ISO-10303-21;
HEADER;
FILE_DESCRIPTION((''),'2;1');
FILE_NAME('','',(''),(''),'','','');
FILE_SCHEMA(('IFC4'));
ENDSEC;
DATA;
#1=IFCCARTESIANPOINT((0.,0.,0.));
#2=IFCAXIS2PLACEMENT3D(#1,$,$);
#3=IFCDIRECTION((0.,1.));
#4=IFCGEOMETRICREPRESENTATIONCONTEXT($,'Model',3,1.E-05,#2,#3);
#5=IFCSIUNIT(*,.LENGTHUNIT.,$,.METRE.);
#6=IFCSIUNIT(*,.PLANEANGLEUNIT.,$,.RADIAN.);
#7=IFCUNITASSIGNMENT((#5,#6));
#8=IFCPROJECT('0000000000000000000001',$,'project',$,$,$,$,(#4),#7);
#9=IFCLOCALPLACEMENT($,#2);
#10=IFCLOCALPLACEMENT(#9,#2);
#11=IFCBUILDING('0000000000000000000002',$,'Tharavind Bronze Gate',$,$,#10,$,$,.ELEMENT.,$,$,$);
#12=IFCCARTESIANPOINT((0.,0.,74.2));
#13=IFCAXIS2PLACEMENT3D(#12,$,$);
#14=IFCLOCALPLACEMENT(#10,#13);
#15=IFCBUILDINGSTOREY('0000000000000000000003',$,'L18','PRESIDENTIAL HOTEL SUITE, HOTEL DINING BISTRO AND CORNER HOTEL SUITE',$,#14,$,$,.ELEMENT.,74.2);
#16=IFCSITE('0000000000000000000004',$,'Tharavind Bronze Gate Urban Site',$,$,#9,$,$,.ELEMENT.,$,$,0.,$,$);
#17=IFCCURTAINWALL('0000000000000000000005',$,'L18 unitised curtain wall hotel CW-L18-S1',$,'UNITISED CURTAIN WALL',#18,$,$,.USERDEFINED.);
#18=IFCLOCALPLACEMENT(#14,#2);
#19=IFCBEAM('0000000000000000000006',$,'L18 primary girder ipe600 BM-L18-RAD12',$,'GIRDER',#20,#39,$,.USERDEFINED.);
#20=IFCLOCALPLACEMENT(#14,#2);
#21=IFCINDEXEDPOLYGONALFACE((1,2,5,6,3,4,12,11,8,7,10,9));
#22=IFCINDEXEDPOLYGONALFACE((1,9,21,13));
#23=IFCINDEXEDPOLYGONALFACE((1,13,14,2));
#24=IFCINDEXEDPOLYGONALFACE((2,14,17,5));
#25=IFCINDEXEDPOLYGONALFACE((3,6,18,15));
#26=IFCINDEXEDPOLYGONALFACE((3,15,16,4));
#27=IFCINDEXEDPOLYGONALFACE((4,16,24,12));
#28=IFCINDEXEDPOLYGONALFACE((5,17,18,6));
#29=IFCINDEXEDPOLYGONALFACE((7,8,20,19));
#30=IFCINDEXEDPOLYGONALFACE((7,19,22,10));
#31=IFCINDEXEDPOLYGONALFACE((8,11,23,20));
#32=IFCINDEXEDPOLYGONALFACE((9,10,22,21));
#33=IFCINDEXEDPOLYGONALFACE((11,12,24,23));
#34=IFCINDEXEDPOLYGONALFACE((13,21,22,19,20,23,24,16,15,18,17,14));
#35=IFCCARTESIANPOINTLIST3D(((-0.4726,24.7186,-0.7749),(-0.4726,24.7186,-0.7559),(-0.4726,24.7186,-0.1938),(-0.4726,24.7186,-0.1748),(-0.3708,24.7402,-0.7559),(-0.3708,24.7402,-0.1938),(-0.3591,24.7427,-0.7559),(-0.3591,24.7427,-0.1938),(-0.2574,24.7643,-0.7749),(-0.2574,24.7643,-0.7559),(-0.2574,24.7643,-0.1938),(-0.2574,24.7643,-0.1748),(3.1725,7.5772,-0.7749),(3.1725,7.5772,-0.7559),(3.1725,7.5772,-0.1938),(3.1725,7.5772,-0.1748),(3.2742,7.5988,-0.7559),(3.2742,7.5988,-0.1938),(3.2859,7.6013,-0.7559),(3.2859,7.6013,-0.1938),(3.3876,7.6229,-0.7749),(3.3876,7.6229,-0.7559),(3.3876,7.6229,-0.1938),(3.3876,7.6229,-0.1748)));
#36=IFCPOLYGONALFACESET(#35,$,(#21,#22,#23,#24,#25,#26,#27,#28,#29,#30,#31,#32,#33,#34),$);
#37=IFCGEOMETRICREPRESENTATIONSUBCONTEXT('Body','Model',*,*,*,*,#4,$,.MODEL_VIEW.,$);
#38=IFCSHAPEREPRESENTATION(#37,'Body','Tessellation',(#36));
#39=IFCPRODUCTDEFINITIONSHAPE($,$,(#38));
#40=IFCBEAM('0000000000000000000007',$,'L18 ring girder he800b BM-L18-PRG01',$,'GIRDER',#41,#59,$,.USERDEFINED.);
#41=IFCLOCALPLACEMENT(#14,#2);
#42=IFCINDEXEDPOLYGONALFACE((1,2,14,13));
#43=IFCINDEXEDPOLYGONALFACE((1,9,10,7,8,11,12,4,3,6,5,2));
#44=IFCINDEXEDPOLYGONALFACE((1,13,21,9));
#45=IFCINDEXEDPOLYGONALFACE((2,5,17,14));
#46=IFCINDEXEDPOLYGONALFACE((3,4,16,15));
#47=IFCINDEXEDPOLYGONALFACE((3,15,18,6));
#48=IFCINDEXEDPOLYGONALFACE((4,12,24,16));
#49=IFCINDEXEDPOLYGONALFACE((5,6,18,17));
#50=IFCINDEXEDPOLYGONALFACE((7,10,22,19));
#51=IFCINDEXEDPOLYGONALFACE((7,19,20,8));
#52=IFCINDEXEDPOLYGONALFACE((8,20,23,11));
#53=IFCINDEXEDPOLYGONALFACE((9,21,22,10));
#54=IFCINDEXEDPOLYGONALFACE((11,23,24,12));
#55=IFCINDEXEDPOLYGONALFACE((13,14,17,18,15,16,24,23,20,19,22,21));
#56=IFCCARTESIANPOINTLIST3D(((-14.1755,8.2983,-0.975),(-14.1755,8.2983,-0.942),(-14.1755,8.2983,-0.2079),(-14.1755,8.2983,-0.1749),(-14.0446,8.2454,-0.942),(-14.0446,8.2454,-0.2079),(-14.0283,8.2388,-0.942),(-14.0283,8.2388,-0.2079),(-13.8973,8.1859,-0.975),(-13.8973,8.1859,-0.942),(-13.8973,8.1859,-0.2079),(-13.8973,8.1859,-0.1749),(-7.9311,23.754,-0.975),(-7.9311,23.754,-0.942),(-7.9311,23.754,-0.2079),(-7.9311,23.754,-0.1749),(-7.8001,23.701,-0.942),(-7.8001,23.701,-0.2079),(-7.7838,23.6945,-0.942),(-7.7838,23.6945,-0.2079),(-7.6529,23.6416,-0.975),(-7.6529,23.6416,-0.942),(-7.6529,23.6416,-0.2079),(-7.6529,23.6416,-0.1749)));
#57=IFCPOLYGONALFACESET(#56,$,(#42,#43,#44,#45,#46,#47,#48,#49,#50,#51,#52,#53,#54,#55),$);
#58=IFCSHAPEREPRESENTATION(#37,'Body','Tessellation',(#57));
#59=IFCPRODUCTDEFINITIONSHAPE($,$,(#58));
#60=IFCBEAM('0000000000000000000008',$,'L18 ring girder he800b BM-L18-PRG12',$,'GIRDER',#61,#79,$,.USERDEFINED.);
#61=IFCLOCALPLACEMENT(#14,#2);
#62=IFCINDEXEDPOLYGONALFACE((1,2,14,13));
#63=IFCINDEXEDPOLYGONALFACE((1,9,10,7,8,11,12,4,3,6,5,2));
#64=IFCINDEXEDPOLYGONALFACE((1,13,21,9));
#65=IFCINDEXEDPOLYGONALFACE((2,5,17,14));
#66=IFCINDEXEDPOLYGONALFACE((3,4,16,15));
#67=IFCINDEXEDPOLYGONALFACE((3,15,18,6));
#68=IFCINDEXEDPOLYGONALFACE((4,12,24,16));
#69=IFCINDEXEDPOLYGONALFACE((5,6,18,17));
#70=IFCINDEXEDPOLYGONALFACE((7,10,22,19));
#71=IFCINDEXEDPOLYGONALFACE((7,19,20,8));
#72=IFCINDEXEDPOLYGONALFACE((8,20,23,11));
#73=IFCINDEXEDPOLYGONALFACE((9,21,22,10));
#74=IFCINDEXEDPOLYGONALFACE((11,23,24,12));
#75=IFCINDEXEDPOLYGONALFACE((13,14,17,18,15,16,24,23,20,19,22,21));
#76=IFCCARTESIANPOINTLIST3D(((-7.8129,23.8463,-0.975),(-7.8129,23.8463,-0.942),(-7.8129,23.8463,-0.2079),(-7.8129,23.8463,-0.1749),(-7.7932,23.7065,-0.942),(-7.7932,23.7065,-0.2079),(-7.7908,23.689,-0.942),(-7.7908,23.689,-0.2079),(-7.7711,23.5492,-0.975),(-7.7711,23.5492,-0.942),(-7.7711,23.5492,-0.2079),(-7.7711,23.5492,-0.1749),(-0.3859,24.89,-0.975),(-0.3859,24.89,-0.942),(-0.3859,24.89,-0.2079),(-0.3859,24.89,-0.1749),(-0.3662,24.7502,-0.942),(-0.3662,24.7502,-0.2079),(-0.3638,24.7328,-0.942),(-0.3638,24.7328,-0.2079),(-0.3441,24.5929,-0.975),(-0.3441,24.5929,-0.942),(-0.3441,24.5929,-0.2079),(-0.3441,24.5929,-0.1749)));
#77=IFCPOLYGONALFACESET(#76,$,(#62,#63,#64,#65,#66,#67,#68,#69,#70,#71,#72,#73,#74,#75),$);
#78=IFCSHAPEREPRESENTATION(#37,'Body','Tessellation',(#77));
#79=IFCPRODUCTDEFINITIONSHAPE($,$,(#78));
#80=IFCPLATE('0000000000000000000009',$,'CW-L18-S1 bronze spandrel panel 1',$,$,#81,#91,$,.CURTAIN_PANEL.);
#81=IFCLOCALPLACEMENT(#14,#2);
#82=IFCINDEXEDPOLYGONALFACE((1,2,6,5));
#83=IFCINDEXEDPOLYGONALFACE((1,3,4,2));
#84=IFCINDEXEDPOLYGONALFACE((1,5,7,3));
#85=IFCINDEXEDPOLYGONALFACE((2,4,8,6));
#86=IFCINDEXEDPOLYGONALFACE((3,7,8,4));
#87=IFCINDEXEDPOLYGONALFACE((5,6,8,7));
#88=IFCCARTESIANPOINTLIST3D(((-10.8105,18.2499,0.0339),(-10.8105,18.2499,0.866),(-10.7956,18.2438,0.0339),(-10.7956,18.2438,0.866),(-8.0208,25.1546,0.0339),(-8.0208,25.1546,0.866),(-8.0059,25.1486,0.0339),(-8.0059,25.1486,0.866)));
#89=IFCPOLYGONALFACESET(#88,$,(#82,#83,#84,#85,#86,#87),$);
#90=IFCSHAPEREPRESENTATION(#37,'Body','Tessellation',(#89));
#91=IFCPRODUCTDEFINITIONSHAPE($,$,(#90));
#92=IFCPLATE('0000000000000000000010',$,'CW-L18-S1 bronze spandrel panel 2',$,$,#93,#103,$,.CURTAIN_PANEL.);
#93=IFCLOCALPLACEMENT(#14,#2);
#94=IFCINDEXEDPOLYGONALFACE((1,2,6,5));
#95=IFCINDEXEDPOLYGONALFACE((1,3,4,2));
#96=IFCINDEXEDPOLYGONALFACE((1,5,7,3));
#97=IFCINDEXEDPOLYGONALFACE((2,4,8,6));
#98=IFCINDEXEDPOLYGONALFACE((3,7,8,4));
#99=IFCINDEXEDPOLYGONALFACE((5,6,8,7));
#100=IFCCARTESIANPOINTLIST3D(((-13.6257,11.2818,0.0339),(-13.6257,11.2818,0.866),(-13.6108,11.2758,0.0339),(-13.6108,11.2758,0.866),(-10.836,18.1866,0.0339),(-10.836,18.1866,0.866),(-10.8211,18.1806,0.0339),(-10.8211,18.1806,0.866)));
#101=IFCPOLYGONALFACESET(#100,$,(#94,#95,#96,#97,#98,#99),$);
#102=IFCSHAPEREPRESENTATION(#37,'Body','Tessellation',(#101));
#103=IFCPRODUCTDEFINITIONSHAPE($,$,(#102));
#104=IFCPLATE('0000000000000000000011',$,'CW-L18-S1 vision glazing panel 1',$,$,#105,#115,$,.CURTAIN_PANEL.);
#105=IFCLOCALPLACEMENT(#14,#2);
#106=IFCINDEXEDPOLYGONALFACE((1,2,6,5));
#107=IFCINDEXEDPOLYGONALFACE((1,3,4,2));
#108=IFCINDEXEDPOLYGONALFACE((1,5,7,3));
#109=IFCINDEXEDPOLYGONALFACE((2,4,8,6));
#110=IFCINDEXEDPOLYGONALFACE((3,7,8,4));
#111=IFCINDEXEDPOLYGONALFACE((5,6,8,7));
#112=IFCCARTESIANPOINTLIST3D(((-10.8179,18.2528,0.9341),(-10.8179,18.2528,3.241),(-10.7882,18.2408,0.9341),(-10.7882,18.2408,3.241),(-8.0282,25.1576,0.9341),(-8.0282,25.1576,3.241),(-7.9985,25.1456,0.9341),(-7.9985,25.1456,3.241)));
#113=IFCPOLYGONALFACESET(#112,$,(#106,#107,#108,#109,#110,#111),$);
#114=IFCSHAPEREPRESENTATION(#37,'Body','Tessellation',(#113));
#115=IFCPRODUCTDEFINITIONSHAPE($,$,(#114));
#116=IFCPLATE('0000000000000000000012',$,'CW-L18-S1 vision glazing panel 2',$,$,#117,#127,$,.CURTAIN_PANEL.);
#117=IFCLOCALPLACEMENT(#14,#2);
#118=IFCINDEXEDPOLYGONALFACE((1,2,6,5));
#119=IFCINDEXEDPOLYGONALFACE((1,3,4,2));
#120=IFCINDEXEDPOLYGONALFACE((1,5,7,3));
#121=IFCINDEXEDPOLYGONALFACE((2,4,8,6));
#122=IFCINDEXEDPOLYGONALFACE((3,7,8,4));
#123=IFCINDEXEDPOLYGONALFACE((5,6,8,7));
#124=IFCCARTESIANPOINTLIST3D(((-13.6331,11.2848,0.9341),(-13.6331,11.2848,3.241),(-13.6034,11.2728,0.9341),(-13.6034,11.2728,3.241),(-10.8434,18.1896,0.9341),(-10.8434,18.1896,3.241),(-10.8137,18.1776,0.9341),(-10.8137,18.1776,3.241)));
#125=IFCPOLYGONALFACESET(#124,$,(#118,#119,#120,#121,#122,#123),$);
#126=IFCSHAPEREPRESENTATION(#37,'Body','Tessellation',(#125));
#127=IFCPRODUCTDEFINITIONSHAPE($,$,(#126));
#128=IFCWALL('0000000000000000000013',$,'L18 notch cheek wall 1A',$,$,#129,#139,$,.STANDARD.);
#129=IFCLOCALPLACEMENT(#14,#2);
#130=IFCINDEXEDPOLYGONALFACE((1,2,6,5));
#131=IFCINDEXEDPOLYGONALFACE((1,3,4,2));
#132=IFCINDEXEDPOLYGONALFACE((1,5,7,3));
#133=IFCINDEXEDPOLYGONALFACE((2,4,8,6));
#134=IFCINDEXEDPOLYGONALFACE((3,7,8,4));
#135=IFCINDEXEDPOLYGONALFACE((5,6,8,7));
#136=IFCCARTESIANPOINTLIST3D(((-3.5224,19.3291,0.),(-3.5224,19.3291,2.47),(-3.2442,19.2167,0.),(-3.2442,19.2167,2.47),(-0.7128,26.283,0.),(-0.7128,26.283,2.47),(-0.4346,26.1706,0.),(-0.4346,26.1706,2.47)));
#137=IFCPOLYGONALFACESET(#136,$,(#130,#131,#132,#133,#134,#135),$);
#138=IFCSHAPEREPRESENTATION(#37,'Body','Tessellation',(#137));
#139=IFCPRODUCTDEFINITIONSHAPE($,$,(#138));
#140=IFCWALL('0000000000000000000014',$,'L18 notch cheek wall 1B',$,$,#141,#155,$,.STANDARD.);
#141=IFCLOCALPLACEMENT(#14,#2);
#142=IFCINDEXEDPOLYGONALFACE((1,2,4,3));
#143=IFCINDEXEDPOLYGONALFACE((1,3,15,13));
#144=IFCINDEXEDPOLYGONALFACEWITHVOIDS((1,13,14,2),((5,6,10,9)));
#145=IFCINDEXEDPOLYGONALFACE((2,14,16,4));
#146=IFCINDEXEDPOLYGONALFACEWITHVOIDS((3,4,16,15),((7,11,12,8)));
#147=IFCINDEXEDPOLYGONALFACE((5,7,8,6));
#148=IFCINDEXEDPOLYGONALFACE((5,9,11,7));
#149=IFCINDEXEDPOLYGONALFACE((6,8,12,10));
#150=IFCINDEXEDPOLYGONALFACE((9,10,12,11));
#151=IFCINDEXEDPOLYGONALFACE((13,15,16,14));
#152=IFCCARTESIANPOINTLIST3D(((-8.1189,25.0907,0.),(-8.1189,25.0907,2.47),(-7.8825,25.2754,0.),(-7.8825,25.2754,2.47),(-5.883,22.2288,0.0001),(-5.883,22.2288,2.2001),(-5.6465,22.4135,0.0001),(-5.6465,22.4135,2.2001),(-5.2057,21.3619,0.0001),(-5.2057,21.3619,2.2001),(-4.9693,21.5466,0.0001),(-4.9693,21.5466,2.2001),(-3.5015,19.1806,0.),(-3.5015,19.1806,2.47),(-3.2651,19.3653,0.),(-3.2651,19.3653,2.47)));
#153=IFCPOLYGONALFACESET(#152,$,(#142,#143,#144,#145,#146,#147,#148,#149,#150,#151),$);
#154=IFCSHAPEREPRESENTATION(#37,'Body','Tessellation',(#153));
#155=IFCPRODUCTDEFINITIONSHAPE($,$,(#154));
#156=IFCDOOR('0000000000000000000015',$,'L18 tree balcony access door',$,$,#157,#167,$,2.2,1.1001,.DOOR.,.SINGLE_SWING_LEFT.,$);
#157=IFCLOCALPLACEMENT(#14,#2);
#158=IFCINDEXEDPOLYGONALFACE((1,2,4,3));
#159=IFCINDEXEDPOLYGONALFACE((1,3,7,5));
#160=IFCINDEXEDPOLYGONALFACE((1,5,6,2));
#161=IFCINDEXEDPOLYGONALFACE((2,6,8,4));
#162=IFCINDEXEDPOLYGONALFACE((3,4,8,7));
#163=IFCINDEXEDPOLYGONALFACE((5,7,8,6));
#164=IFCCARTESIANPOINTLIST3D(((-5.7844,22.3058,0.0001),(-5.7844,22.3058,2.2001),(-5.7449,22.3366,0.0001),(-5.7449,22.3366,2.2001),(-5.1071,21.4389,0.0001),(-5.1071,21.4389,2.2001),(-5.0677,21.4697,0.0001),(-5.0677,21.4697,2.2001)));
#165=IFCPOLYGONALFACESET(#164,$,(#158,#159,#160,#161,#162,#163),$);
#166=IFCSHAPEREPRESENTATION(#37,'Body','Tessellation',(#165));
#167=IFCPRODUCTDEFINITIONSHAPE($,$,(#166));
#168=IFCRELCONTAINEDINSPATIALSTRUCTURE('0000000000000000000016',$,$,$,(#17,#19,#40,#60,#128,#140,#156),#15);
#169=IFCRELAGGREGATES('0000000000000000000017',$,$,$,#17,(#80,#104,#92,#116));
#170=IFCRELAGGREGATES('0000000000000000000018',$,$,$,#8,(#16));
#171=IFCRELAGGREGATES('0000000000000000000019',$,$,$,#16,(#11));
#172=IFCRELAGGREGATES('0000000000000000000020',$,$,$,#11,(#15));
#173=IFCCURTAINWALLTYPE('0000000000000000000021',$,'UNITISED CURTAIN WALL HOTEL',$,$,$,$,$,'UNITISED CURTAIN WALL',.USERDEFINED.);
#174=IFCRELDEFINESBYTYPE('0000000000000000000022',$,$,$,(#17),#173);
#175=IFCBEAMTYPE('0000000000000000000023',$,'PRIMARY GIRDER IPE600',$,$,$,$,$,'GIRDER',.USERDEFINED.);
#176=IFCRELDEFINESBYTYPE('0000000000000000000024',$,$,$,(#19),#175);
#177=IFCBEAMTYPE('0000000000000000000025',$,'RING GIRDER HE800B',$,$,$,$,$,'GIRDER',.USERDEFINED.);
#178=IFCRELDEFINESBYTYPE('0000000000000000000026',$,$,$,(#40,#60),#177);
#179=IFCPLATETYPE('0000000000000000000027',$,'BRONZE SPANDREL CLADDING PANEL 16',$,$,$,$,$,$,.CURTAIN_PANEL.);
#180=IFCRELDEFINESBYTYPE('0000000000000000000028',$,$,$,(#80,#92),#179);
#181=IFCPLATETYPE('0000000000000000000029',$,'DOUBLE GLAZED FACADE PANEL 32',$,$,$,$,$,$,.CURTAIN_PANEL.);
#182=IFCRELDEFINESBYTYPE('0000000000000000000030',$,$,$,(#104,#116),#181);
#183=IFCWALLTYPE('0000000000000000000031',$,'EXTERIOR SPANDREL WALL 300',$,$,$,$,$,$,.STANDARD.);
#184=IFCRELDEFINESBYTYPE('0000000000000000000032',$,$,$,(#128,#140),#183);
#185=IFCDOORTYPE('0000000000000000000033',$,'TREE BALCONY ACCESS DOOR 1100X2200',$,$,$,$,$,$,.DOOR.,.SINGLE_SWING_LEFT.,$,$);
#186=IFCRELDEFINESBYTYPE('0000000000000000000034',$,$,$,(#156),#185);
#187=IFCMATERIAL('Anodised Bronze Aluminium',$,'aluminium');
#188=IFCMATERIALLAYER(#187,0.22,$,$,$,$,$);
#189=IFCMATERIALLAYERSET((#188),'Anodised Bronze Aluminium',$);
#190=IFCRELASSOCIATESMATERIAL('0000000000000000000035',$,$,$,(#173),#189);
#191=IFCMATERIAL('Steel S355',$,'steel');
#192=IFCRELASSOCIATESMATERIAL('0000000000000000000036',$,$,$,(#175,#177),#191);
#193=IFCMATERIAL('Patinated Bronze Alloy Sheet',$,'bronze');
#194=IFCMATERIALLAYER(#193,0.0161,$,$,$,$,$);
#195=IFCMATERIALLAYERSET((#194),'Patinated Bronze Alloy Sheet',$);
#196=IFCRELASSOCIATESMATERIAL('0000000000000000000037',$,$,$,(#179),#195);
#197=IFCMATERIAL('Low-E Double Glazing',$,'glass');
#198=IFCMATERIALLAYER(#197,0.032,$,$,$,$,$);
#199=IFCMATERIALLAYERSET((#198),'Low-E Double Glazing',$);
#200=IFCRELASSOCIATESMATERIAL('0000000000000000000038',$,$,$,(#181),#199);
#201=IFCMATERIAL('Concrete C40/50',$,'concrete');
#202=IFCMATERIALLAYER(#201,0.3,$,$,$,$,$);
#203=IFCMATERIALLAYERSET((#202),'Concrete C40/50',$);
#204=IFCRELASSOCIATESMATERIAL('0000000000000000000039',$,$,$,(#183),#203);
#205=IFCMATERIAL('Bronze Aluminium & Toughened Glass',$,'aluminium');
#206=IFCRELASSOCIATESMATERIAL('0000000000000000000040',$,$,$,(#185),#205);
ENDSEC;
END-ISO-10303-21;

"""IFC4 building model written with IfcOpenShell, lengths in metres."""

from ifc_helpers import new_model, si_unit, direction, frame, frame_2d, origin, origin_2d, place, context, subcontext, project, spatial, rectangle, i_section, extrude, material, layer, layer_set, material_profile, profile_set, type_object, element, fill, aggregate, save


model = new_model("IFC4")

# Units and contexts
model_context = context("Model", 3, precision=1e-05, world=origin(), true_north=direction((0.0, 1.0)))
body_context = subcontext(model_context, "Body", "Model", "MODEL_VIEW")
ifc_project = project(units=[si_unit("LENGTHUNIT", "METRE"), si_unit("PLANEANGLEUNIT", "RADIAN")], contexts=[model_context])

# Site, building, storey
site_placement = place(None, origin())
site = spatial("IfcSite", under=ifc_project, at=site_placement, Name="Tharavind Bronze Gate Urban Site", CompositionType="ELEMENT", RefElevation=0.0)
building_placement = place(site_placement, origin())
building = spatial("IfcBuilding", under=site, at=building_placement, Name="Tharavind Bronze Gate", CompositionType="ELEMENT")
storey_placement = place(building_placement, frame((0.0, 0.0, 74.2)))
storey = spatial("IfcBuildingStorey", under=building, at=storey_placement, Name="L18", Description="PRESIDENTIAL HOTEL SUITE, HOTEL DINING BISTRO AND CORNER HOTEL SUITE", CompositionType="ELEMENT", Elevation=74.2)

# Curtain wall
ifc_material_1 = material(Name="Anodised Bronze Aluminium", Category="aluminium")
ifc_layer_1 = layer(ifc_material_1, 0.22)
ifc_layer_set_1 = layer_set([ifc_layer_1], Name="Anodised Bronze Aluminium")
curtain_wall_type = type_object("IfcCurtainWallType", Name="UNITISED CURTAIN WALL HOTEL", ElementType="UNITISED CURTAIN WALL", PredefinedType="USERDEFINED", material=ifc_layer_set_1)
curtain_wall_1_placement = place(storey_placement, origin())
curtain_wall_1 = element("IfcCurtainWall", 1, at=curtain_wall_1_placement, inside=storey, type_object=curtain_wall_type, Name="L18 unitised curtain wall hotel CW-L18-S1", ObjectType="UNITISED CURTAIN WALL", PredefinedType="USERDEFINED")

# Beams
ifc_material_2 = material(Name="Steel S355", Category="steel")
ifc_material_profile_1 = material_profile(ifc_material_2, i_section(OverallWidth=0.22, OverallDepth=0.6001, WebThickness=0.012, FlangeThickness=0.019, at=origin_2d()), Name="IPE600")
ifc_profile_set_1 = profile_set([ifc_material_profile_1], Name="Steel S355")
beam_type_1 = type_object("IfcBeamType", Name="PRIMARY GIRDER IPE600", ElementType="GIRDER", PredefinedType="USERDEFINED", material=ifc_profile_set_1)
beam_1_placement = place(storey_placement, frame((-0.365, 24.7415, -0.4749), z_axis=(0.207994, -0.97813, 0.0), x_axis=(0.97813, 0.207994, 0.0)))
element("IfcBeam", 2, at=beam_1_placement, inside=storey, type_object=beam_type_1, Name="L18 primary girder ipe600 BM-L18-RAD12", ObjectType="GIRDER", PredefinedType="USERDEFINED", context=body_context, shape_type="SweptSolid", body=[
    extrude(i_section(OverallWidth=0.22, OverallDepth=0.6001, WebThickness=0.012, FlangeThickness=0.019, at=origin_2d()), origin(), (0.0, 0.0, 1.0), 17.5247),
])
ifc_material_profile_2 = material_profile(ifc_material_2, i_section(OverallWidth=0.3, OverallDepth=0.8, WebThickness=0.0176, FlangeThickness=0.033, at=origin_2d()), Name="HE800B")
ifc_profile_set_2 = profile_set([ifc_material_profile_2], Name="Steel S355")
beam_type_2 = type_object("IfcBeamType", Name="RING GIRDER HE800B", ElementType="GIRDER", PredefinedType="USERDEFINED", material=ifc_profile_set_2)
beam_2_placement = place(storey_placement, frame((-7.792, 23.6978, -0.575), z_axis=(-0.374603, -0.927185, 0.0), x_axis=(0.927185, -0.374603, 0.0)))
element("IfcBeam", 3, at=beam_2_placement, inside=storey, type_object=beam_type_2, Name="L18 ring girder he800b BM-L18-PRG01", ObjectType="GIRDER", PredefinedType="USERDEFINED", context=body_context, shape_type="SweptSolid", body=[
    extrude(i_section(OverallWidth=0.3, OverallDepth=0.8, WebThickness=0.0176, FlangeThickness=0.033, at=origin_2d()), origin(), (0.0, 0.0, 1.0), 16.6694),
])
beam_3_placement = place(storey_placement, frame((-0.365, 24.7415, -0.575), z_axis=(-0.99027, -0.139161, 0.0), x_axis=(0.139161, -0.99027, 0.0)))
element("IfcBeam", 4, at=beam_3_placement, inside=storey, type_object=beam_type_2, Name="L18 ring girder he800b BM-L18-PRG12", ObjectType="GIRDER", PredefinedType="USERDEFINED", context=body_context, shape_type="SweptSolid", body=[
    extrude(i_section(OverallWidth=0.3, OverallDepth=0.8, WebThickness=0.0176, FlangeThickness=0.033, at=origin_2d()), origin(), (0.0, 0.0, 1.0), 7.5),
])

# Plates
ifc_material_3 = material(Name="Patinated Bronze Alloy Sheet", Category="bronze")
ifc_layer_2 = layer(ifc_material_3, 0.0161)
ifc_layer_set_2 = layer_set([ifc_layer_2], Name="Patinated Bronze Alloy Sheet")
plate_type_1 = type_object("IfcPlateType", Name="BRONZE SPANDREL CLADDING PANEL 16", PredefinedType="CURTAIN_PANEL", material=ifc_layer_set_2)
plate_1_placement = place(storey_placement, frame((-9.4082, 21.6992, 0.0339), z_axis=(0.0, 0.0, 1.0), x_axis=(-0.374607, -0.927184, 0.0)))
plate_1 = element("IfcPlate", 5, at=plate_1_placement, type_object=plate_type_1, Name="CW-L18-S1 bronze spandrel panel 1", PredefinedType="CURTAIN_PANEL", context=body_context, shape_type="SweptSolid", body=[
    extrude(rectangle(XDim=7.447, YDim=0.0161, at=origin_2d()), origin(), (0.0, 0.0, 1.0), 0.832),
])
plate_2_placement = place(storey_placement, frame((-12.2234, 14.7312, 0.0339), z_axis=(0.0, 0.0, 1.0), x_axis=(-0.374607, -0.927184, 0.0)))
plate_2 = element("IfcPlate", 6, at=plate_2_placement, type_object=plate_type_1, Name="CW-L18-S1 bronze spandrel panel 2", PredefinedType="CURTAIN_PANEL", context=body_context, shape_type="SweptSolid", body=[
    extrude(rectangle(XDim=7.447, YDim=0.0161, at=origin_2d()), origin(), (0.0, 0.0, 1.0), 0.832),
])
ifc_material_4 = material(Name="Low-E Double Glazing", Category="glass")
ifc_layer_3 = layer(ifc_material_4, 0.032)
ifc_layer_set_3 = layer_set([ifc_layer_3], Name="Low-E Double Glazing")
plate_type_2 = type_object("IfcPlateType", Name="DOUBLE GLAZED FACADE PANEL 32", PredefinedType="CURTAIN_PANEL", material=ifc_layer_set_3)
plate_3_placement = place(storey_placement, frame((-9.4082, 21.6992, 0.9341), z_axis=(0.0, 0.0, 1.0), x_axis=(-0.374607, -0.927184, 0.0)))
plate_3 = element("IfcPlate", 7, at=plate_3_placement, type_object=plate_type_2, Name="CW-L18-S1 vision glazing panel 1", PredefinedType="CURTAIN_PANEL", context=body_context, shape_type="SweptSolid", body=[
    extrude(rectangle(XDim=7.447, YDim=0.032, at=origin_2d()), origin(), (0.0, 0.0, 1.0), 2.3069),
])
plate_4_placement = place(storey_placement, frame((-12.2234, 14.7312, 0.9341), z_axis=(0.0, 0.0, 1.0), x_axis=(-0.374607, -0.927184, 0.0)))
plate_4 = element("IfcPlate", 8, at=plate_4_placement, type_object=plate_type_2, Name="CW-L18-S1 vision glazing panel 2", PredefinedType="CURTAIN_PANEL", context=body_context, shape_type="SweptSolid", body=[
    extrude(rectangle(XDim=7.447, YDim=0.032, at=origin_2d()), origin(), (0.0, 0.0, 1.0), 2.3069),
])
aggregate(curtain_wall_1, [plate_1, plate_3, plate_2, plate_4])

# Wall
ifc_material_5 = material(Name="Concrete C40/50", Category="concrete")
ifc_layer_4 = layer(ifc_material_5, 0.3)
ifc_layer_set_4 = layer_set([ifc_layer_4], Name="Concrete C40/50")
wall_type_1 = type_object("IfcWallType", Name="EXTERIOR SPANDREL WALL 300", PredefinedType="STANDARD", material=ifc_layer_set_4)
wall_1_placement = place(storey_placement, frame((-0.5737, 26.2268, 0.0), z_axis=(0.0, 0.0, 1.0), x_axis=(-0.37461, -0.927182, 0.0)))
element("IfcWall", 9, at=wall_1_placement, inside=storey, type_object=wall_type_1, Name="L18 notch cheek wall 1A", PredefinedType="STANDARD", context=body_context, shape_type="SweptSolid", body=[
    extrude(rectangle(XDim=7.5, YDim=0.3, at=frame_2d((3.75, 0.0))), origin(), (0.0, 0.0, 1.0), 2.47),
])

# Wall, opening, door
wall_2_placement = place(storey_placement, frame((-3.3833, 19.2729, 0.0), z_axis=(0.0, 0.0, 1.0), x_axis=(-0.615654, 0.788016, 0.0)))
wall_2 = element("IfcWall", 10, at=wall_2_placement, inside=storey, type_object=wall_type_1, Name="L18 notch cheek wall 1B", PredefinedType="STANDARD", context=body_context, shape_type="SweptSolid", body=[
    extrude(rectangle(XDim=7.5, YDim=0.3, at=frame_2d((3.75, 0.0))), origin(), (0.0, 0.0, 1.0), 2.47),
])
opening_1_placement = place(wall_2_placement, frame((2.7681, 0.0, 0.0)))
opening_1 = element("IfcOpeningElement", 11, at=opening_1_placement, cuts=wall_2, PredefinedType="OPENING", context=body_context, shape_type="SweptSolid", body=[
    extrude(rectangle(XDim=1.1001, YDim=2.2, at=frame_2d((0.55, 1.1001))), frame((0.0, 0.1599, 0.0), z_axis=(0.0, -1.0, 0.0), x_axis=(1.0, 0.0, 0.0)), (0.0, 0.0, 1.0), 0.32),
])
ifc_material_6 = material(Name="Bronze Aluminium & Toughened Glass", Category="aluminium")
door_type_1 = type_object("IfcDoorType", Name="TREE BALCONY ACCESS DOOR 1100X2200", OperationType="SINGLE_SWING_LEFT", PredefinedType="DOOR", material=ifc_material_6)
door_1_placement = place(opening_1_placement, origin())
door_1 = element("IfcDoor", 12, at=door_1_placement, inside=storey, type_object=door_type_1, Name="L18 tree balcony access door", OperationType="SINGLE_SWING_LEFT", OverallHeight=2.2, OverallWidth=1.1001, PredefinedType="DOOR", context=body_context, shape_type="SweptSolid", body=[
    extrude(rectangle(XDim=1.1001, YDim=2.2, at=frame_2d((0.55, 1.1001))), frame((0.0, 0.0249, 0.0), z_axis=(0.0, -1.0, 0.0), x_axis=(1.0, 0.0, 0.0)), (0.0, 0.0, 1.0), 0.05),
])
fill(opening_1, door_1)

save(model, "model.ifc")
